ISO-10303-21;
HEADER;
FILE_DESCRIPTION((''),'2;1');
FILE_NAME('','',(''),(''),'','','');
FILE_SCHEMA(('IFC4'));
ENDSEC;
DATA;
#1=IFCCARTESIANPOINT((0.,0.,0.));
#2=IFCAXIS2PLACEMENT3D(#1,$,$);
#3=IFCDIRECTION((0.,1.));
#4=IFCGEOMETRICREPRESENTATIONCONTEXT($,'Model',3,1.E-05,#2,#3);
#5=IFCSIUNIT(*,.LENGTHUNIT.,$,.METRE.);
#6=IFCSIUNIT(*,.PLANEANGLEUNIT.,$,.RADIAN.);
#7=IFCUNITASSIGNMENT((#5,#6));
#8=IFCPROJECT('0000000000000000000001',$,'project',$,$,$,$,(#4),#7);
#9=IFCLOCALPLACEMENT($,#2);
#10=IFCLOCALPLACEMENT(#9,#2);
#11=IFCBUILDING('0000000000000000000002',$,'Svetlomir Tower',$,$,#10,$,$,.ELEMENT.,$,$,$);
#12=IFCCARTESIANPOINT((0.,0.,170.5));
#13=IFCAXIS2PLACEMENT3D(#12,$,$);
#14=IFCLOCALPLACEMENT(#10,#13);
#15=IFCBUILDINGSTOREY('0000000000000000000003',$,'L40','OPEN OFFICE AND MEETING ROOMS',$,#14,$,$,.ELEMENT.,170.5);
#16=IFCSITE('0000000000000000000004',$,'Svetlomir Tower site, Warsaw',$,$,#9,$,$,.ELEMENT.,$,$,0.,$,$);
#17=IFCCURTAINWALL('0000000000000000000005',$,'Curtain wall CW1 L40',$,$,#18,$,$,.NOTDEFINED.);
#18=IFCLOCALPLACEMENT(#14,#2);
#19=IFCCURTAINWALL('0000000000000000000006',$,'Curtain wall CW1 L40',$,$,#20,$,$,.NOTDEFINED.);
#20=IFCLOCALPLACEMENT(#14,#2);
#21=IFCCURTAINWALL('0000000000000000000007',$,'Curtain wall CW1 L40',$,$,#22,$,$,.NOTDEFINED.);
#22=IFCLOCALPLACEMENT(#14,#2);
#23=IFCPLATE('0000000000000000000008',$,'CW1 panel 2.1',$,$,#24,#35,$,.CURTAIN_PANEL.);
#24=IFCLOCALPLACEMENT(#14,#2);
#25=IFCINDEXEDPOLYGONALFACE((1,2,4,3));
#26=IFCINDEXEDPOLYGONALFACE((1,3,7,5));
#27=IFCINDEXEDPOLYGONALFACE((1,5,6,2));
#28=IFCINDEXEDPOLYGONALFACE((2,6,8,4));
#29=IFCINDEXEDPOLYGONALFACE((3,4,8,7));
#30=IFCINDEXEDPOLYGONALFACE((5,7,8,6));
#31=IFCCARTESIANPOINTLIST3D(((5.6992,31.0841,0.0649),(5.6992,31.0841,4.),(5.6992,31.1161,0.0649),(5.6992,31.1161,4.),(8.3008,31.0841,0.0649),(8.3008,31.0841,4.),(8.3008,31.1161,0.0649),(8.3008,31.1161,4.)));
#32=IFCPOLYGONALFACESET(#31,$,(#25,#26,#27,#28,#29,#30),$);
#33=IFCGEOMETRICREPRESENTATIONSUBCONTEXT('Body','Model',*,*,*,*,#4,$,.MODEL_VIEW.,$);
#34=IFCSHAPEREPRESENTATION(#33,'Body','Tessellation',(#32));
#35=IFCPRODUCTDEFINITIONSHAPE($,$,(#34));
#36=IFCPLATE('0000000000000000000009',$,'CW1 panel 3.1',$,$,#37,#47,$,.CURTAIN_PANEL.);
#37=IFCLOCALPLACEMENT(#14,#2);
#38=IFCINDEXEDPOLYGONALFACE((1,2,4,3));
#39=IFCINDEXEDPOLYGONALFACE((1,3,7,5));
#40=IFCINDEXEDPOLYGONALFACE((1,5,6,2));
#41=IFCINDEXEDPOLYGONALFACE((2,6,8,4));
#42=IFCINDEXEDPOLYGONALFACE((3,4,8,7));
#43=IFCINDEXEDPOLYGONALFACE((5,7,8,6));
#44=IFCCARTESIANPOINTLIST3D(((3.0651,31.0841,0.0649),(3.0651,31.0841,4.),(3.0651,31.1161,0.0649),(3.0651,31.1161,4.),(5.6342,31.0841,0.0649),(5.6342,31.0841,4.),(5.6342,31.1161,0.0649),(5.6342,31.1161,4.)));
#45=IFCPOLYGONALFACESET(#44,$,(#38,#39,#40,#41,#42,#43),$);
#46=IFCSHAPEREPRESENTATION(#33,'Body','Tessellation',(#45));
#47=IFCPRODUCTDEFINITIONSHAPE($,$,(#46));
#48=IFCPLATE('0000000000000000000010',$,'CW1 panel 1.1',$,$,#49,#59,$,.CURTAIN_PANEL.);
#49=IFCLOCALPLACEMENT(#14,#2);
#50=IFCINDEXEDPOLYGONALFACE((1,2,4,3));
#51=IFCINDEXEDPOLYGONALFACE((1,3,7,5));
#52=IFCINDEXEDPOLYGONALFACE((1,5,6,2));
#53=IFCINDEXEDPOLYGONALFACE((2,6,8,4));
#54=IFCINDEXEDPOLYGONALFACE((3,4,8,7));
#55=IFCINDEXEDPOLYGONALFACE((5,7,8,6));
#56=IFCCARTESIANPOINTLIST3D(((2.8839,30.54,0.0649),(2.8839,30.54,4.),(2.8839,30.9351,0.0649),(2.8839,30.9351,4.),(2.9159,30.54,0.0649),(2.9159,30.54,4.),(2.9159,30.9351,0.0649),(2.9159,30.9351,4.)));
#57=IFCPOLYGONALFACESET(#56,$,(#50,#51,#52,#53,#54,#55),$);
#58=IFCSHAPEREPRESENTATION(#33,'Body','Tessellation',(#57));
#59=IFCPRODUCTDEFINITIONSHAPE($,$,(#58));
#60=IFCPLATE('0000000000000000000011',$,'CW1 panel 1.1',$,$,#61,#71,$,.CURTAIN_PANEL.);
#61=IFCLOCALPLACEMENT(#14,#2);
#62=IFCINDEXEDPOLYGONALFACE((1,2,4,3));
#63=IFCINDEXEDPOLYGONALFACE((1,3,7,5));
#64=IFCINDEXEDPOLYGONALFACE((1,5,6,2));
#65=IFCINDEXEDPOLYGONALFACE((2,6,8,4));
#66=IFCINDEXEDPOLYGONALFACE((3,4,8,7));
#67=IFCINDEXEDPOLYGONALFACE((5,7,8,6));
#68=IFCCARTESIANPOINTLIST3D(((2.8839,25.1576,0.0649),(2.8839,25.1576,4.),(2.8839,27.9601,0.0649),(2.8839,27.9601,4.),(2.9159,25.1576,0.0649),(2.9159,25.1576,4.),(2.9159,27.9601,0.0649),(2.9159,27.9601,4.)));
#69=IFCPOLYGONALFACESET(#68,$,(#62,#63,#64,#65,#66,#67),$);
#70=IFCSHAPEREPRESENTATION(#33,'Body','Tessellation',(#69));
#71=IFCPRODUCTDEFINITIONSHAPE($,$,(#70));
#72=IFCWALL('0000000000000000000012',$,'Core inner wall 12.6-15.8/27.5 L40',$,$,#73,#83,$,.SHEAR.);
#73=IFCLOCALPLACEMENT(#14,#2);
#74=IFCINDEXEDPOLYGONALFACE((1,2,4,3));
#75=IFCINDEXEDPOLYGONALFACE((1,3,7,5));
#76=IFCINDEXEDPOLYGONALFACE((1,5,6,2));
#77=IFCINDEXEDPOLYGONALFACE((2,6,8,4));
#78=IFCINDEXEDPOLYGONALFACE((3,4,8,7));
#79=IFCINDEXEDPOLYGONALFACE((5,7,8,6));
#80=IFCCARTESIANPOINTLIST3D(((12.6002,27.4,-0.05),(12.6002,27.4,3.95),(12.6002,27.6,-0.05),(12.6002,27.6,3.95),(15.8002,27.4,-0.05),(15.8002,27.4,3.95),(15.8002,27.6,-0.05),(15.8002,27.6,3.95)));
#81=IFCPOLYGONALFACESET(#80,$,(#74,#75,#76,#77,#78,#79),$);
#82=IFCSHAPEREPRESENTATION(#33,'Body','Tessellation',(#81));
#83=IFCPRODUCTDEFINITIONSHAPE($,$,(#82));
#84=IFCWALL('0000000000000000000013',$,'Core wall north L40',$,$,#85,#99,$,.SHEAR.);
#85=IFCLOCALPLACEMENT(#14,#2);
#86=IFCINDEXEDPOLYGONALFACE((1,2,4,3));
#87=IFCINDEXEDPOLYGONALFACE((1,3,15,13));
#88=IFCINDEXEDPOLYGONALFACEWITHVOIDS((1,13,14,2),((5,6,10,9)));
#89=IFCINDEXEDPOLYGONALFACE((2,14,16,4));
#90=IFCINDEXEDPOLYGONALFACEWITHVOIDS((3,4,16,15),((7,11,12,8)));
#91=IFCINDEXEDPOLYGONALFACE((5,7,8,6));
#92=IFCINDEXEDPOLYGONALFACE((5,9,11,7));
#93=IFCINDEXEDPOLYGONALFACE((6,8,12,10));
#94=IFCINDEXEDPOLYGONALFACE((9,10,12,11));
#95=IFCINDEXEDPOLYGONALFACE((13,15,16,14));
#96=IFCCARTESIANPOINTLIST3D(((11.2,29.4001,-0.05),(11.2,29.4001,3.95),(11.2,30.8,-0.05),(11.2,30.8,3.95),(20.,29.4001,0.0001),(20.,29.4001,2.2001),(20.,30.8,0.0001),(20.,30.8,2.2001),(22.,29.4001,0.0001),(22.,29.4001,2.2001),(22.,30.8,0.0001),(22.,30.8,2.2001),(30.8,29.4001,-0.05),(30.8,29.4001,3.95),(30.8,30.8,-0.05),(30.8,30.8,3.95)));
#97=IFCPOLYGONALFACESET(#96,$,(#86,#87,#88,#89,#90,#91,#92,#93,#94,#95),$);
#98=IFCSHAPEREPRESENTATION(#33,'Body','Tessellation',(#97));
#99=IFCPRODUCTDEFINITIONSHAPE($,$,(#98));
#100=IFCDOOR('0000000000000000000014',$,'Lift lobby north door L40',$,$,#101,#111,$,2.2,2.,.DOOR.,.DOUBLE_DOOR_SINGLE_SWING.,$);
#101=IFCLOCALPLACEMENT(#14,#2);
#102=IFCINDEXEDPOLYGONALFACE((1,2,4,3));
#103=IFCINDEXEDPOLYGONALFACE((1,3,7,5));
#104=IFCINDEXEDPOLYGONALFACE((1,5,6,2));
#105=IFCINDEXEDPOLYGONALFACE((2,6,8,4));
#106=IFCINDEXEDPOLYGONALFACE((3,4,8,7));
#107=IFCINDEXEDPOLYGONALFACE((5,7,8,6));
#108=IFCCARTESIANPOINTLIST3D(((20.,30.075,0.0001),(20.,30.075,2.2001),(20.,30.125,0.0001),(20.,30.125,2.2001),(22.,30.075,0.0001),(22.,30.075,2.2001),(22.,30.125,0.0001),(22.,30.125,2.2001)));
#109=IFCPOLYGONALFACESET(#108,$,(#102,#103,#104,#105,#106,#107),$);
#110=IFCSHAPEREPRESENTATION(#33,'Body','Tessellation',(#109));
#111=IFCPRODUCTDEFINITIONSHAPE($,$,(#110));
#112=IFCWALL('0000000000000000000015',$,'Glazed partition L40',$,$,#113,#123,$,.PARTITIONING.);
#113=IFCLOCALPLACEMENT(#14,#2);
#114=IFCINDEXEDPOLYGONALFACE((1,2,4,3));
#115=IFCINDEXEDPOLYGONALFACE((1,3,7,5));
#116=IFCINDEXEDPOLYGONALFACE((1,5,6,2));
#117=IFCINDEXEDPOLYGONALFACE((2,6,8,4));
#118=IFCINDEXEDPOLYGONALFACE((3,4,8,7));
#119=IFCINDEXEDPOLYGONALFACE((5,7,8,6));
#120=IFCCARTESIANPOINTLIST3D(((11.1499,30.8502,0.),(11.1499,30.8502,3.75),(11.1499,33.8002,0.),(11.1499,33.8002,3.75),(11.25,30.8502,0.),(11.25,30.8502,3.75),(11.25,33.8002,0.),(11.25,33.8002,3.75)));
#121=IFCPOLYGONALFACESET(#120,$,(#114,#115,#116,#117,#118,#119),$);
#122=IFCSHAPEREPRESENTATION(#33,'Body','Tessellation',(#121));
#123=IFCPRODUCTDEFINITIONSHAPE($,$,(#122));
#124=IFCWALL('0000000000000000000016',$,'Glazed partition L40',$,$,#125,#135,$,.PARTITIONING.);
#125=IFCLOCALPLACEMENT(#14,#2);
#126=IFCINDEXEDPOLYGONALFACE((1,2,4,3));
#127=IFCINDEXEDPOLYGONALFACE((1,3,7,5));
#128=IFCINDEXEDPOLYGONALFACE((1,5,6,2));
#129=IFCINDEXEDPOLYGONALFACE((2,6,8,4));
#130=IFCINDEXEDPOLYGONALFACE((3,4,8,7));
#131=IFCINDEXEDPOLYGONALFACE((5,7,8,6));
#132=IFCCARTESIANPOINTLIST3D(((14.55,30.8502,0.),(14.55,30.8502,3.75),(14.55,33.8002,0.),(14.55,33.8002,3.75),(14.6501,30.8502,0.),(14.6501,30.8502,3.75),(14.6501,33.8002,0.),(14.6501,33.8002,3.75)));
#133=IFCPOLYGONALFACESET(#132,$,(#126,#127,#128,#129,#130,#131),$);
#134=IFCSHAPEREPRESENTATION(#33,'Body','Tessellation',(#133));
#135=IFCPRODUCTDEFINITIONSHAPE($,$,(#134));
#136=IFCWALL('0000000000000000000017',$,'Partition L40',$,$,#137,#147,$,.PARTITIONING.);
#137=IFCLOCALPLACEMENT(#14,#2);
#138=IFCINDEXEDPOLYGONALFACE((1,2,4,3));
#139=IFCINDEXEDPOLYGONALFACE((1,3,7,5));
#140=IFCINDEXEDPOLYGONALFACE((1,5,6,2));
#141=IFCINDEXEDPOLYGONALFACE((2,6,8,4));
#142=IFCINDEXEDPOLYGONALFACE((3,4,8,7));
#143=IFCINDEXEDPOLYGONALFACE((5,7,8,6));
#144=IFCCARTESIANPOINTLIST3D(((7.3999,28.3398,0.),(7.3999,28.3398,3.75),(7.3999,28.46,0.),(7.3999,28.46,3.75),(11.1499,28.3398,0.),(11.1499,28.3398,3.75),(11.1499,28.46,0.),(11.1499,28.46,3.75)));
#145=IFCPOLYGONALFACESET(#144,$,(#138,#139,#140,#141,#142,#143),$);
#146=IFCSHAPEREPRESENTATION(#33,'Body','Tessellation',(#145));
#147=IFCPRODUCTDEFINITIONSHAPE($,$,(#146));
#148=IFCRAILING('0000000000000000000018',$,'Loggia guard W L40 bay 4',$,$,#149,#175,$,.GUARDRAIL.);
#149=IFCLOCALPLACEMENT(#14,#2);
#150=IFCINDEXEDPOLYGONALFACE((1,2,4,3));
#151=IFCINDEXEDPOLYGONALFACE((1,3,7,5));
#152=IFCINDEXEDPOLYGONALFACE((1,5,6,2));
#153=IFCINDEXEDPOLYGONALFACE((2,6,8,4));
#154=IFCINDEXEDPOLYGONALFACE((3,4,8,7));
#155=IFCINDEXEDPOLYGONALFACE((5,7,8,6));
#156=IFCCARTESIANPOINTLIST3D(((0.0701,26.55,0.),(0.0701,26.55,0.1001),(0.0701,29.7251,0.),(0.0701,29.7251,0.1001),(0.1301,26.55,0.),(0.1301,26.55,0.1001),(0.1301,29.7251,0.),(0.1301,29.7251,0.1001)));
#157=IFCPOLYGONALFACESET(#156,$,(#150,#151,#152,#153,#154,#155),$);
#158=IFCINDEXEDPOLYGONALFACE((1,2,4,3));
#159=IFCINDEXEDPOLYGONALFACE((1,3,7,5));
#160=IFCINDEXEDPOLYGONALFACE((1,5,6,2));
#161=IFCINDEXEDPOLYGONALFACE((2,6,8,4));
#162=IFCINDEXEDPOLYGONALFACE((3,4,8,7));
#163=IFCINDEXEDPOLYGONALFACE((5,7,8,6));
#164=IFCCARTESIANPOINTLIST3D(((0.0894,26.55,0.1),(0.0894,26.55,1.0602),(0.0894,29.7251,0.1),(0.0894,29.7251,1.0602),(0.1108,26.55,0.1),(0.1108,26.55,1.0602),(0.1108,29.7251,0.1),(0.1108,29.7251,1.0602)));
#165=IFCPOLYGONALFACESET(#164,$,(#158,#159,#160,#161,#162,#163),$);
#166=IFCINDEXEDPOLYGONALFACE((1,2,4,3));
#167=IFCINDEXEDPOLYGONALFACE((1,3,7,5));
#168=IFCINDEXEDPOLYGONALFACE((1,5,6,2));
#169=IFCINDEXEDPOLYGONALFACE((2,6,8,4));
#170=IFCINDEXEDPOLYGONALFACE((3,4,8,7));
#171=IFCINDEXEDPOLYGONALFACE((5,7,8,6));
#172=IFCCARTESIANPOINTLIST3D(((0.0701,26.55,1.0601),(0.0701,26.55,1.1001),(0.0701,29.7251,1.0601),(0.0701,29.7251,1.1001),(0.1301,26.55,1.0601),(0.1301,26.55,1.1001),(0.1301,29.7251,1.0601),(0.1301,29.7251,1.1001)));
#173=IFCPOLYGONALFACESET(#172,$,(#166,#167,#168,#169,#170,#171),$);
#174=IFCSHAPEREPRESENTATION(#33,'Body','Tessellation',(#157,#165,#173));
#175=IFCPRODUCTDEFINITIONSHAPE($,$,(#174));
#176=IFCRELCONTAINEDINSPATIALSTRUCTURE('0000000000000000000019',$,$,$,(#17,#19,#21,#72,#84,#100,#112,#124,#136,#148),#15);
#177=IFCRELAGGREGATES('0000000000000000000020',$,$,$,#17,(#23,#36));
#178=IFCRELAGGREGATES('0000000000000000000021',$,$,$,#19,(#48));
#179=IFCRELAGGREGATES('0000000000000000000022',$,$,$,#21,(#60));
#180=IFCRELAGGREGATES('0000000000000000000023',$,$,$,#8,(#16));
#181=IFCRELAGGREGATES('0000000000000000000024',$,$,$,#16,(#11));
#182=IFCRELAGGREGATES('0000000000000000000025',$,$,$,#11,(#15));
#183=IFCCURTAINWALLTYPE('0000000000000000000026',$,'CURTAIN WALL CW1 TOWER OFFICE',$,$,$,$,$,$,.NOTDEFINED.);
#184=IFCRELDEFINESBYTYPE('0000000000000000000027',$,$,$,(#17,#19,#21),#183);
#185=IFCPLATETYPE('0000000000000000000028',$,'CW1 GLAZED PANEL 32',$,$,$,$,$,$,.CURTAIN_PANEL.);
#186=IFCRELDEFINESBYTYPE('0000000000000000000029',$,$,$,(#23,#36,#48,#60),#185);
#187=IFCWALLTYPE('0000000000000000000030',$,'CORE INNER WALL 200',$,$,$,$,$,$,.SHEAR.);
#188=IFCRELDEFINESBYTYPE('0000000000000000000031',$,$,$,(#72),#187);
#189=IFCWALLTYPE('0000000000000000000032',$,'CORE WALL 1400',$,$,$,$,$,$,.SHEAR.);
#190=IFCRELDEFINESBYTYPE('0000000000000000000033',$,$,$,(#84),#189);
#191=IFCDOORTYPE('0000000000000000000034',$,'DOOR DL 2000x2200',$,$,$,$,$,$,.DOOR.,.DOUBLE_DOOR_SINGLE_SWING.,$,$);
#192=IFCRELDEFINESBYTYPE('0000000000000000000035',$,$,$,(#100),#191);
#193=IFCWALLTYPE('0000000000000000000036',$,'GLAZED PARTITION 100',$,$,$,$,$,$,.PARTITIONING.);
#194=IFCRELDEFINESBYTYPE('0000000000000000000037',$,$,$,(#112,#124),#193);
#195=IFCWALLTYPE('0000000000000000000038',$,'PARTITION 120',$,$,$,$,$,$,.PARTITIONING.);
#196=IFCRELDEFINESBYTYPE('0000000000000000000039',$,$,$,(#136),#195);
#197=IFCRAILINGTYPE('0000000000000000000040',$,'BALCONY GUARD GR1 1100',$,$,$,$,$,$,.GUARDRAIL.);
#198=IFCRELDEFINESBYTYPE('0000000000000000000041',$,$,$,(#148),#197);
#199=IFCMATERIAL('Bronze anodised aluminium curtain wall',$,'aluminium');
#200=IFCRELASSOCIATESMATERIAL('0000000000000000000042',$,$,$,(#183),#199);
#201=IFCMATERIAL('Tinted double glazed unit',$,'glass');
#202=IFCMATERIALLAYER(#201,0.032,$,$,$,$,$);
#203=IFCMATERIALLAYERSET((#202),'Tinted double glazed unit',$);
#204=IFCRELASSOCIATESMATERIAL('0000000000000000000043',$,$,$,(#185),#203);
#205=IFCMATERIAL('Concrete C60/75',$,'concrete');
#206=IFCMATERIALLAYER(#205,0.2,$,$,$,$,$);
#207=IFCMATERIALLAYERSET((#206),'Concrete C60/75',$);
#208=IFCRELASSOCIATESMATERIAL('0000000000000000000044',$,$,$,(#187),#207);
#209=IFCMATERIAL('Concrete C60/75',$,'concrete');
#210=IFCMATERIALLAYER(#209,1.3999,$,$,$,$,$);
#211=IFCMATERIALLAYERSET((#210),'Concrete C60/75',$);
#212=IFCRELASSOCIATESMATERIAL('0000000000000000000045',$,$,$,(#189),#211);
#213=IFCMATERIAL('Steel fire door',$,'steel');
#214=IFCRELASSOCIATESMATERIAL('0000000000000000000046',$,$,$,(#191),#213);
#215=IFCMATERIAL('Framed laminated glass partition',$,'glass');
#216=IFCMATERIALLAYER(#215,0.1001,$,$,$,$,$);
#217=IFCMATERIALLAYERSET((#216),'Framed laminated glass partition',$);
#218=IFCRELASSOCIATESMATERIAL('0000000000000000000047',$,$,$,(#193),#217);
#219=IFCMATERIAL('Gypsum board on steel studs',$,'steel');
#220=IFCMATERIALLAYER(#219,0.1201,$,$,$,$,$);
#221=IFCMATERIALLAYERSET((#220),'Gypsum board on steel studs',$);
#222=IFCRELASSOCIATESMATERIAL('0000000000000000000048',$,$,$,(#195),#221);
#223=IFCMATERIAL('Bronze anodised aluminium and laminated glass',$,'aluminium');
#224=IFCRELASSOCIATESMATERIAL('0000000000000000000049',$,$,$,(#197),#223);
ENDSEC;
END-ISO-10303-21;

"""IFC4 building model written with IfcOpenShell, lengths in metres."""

from ifc_helpers import new_model, si_unit, direction, frame, frame_2d, origin, origin_2d, place, context, subcontext, project, spatial, rectangle, extrude, material, layer, layer_set, type_object, element, fill, aggregate, save


model = new_model("IFC4")

# Units and contexts
model_context = context("Model", 3, precision=1e-05, world=origin(), true_north=direction((0.0, 1.0)))
body_context = subcontext(model_context, "Body", "Model", "MODEL_VIEW")
ifc_project = project(units=[si_unit("LENGTHUNIT", "METRE"), si_unit("PLANEANGLEUNIT", "RADIAN")], contexts=[model_context])

# Site, building, storey
site_placement = place(None, origin())
site = spatial("IfcSite", under=ifc_project, at=site_placement, Name="Svetlomir Tower site, Warsaw", CompositionType="ELEMENT", RefElevation=0.0)
building_placement = place(site_placement, origin())
building = spatial("IfcBuilding", under=site, at=building_placement, Name="Svetlomir Tower", CompositionType="ELEMENT")
storey_placement = place(building_placement, frame((0.0, 0.0, 170.5)))
storey = spatial("IfcBuildingStorey", under=building, at=storey_placement, Name="L40", Description="OPEN OFFICE AND MEETING ROOMS", CompositionType="ELEMENT", Elevation=170.5)

# Shared definitions
ifc_material_1 = material(Name="Bronze anodised aluminium curtain wall", Category="aluminium")
curtain_wall_type = type_object("IfcCurtainWallType", Name="CURTAIN WALL CW1 TOWER OFFICE", PredefinedType="NOTDEFINED", material=ifc_material_1)

# Curtain walls
curtain_wall_1_placement = place(storey_placement, origin())
curtain_wall_1 = element("IfcCurtainWall", 1, at=curtain_wall_1_placement, inside=storey, type_object=curtain_wall_type, Name="Curtain wall CW1 L40", PredefinedType="NOTDEFINED")
curtain_wall_2_placement = place(storey_placement, origin())
curtain_wall_2 = element("IfcCurtainWall", 2, at=curtain_wall_2_placement, inside=storey, type_object=curtain_wall_type, Name="Curtain wall CW1 L40", PredefinedType="NOTDEFINED")

# Curtain wall
curtain_wall_3_placement = place(storey_placement, origin())
curtain_wall_3 = element("IfcCurtainWall", 3, at=curtain_wall_3_placement, inside=storey, type_object=curtain_wall_type, Name="Curtain wall CW1 L40", PredefinedType="NOTDEFINED")

# Plates
ifc_material_2 = material(Name="Tinted double glazed unit", Category="glass")
ifc_layer_1 = layer(ifc_material_2, 0.032)
ifc_layer_set_1 = layer_set([ifc_layer_1], Name="Tinted double glazed unit")
plate_type = type_object("IfcPlateType", Name="CW1 GLAZED PANEL 32", PredefinedType="CURTAIN_PANEL", material=ifc_layer_set_1)
plate_1_placement = place(storey_placement, frame((7.0, 31.1001, 0.0649), z_axis=(0.0, 0.0, 1.0), x_axis=(-1.0, 0.0, 0.0)))
plate_1 = element("IfcPlate", 4, at=plate_1_placement, type_object=plate_type, Name="CW1 panel 2.1", PredefinedType="CURTAIN_PANEL", context=body_context, shape_type="SweptSolid", body=[
    extrude(rectangle(XDim=2.6016, YDim=0.032, at=origin_2d()), origin(), (0.0, 0.0, 1.0), 3.9351),
])
plate_2_placement = place(storey_placement, frame((4.3496, 31.1001, 0.0649), z_axis=(0.0, 0.0, 1.0), x_axis=(-1.0, 0.0, 0.0)))
plate_2 = element("IfcPlate", 5, at=plate_2_placement, type_object=plate_type, Name="CW1 panel 3.1", PredefinedType="CURTAIN_PANEL", context=body_context, shape_type="SweptSolid", body=[
    extrude(rectangle(XDim=2.5691, YDim=0.032, at=origin_2d()), origin(), (0.0, 0.0, 1.0), 3.9351),
])
aggregate(curtain_wall_1, [plate_1, plate_2])
plate_3_placement = place(storey_placement, frame((2.8999, 30.7375, 0.0649), z_axis=(0.0, 0.0, 1.0), x_axis=(0.0, -1.0, 0.0)))
plate_3 = element("IfcPlate", 6, at=plate_3_placement, type_object=plate_type, Name="CW1 panel 1.1", PredefinedType="CURTAIN_PANEL", context=body_context, shape_type="SweptSolid", body=[
    extrude(rectangle(XDim=0.395, YDim=0.032, at=origin_2d()), origin(), (0.0, 0.0, 1.0), 3.9351),
])
aggregate(curtain_wall_2, [plate_3])
plate_4_placement = place(storey_placement, frame((2.8999, 26.5588, 0.0649), z_axis=(0.0, 0.0, 1.0), x_axis=(0.0, -1.0, 0.0)))
plate_4 = element("IfcPlate", 7, at=plate_4_placement, type_object=plate_type, Name="CW1 panel 1.1", PredefinedType="CURTAIN_PANEL", context=body_context, shape_type="SweptSolid", body=[
    extrude(rectangle(XDim=2.8025, YDim=0.032, at=origin_2d()), origin(), (0.0, 0.0, 1.0), 3.9351),
])
aggregate(curtain_wall_3, [plate_4])

# Wall
ifc_material_3 = material(Name="Concrete C60/75", Category="concrete")
ifc_layer_2 = layer(ifc_material_3, 0.2)
ifc_layer_set_2 = layer_set([ifc_layer_2], Name="Concrete C60/75")
wall_type_1 = type_object("IfcWallType", Name="CORE INNER WALL 200", PredefinedType="SHEAR", material=ifc_layer_set_2)
wall_1_placement = place(storey_placement, frame((12.6001, 27.5, -0.05), z_axis=(0.0, 0.0, 1.0), x_axis=(1.0, 0.0, 0.0)))
element("IfcWall", 8, at=wall_1_placement, inside=storey, type_object=wall_type_1, Name="Core inner wall 12.6-15.8/27.5 L40", PredefinedType="SHEAR", context=body_context, shape_type="SweptSolid", body=[
    extrude(rectangle(XDim=3.2, YDim=0.2, at=frame_2d((1.6001, 0.0))), origin(), (0.0, 0.0, 1.0), 4.0),
])

# Wall, opening, door
ifc_material_4 = material(Name="Concrete C60/75", Category="concrete")
ifc_layer_3 = layer(ifc_material_4, 1.3999)
ifc_layer_set_3 = layer_set([ifc_layer_3], Name="Concrete C60/75")
wall_type_2 = type_object("IfcWallType", Name="CORE WALL 1400", PredefinedType="SHEAR", material=ifc_layer_set_3)
wall_2_placement = place(storey_placement, frame((11.2, 30.1001, -0.05), z_axis=(0.0, 0.0, 1.0), x_axis=(1.0, 0.0, 0.0)))
wall_2 = element("IfcWall", 9, at=wall_2_placement, inside=storey, type_object=wall_type_2, Name="Core wall north L40", PredefinedType="SHEAR", context=body_context, shape_type="SweptSolid", body=[
    extrude(rectangle(XDim=19.6001, YDim=1.3999, at=frame_2d((9.8, 0.0))), origin(), (0.0, 0.0, 1.0), 4.0),
])
opening_placement = place(wall_2_placement, frame((8.8, 0.0, 0.05)))
opening = element("IfcOpeningElement", 10, at=opening_placement, cuts=wall_2, PredefinedType="OPENING", context=body_context, shape_type="SweptSolid", body=[
    extrude(rectangle(XDim=2.0, YDim=2.2, at=frame_2d((1.0, 1.1001))), frame((0.0, 0.71, 0.0), z_axis=(0.0, -1.0, 0.0), x_axis=(1.0, 0.0, 0.0)), (0.0, 0.0, 1.0), 1.4199),
])
ifc_material_5 = material(Name="Steel fire door", Category="steel")
door_type = type_object("IfcDoorType", Name="DOOR DL 2000x2200", OperationType="DOUBLE_DOOR_SINGLE_SWING", PredefinedType="DOOR", material=ifc_material_5)
door_placement = place(opening_placement, origin())
door = element("IfcDoor", 11, at=door_placement, inside=storey, type_object=door_type, Name="Lift lobby north door L40", OperationType="DOUBLE_DOOR_SINGLE_SWING", OverallHeight=2.2, OverallWidth=2.0, PredefinedType="DOOR", context=body_context, shape_type="SweptSolid", body=[
    extrude(rectangle(XDim=2.0, YDim=2.2, at=frame_2d((1.0, 1.1001))), frame((0.0, 0.0249, 0.0), z_axis=(0.0, -1.0, 0.0), x_axis=(1.0, 0.0, 0.0)), (0.0, 0.0, 1.0), 0.05),
])
fill(opening, door)

# Walls
ifc_material_6 = material(Name="Framed laminated glass partition", Category="glass")
ifc_layer_4 = layer(ifc_material_6, 0.1001)
ifc_layer_set_4 = layer_set([ifc_layer_4], Name="Framed laminated glass partition")
wall_type_3 = type_object("IfcWallType", Name="GLAZED PARTITION 100", PredefinedType="PARTITIONING", material=ifc_layer_set_4)
for number, where, z_axis, x_axis, name in (
    (12, (11.2, 30.8501, 0.0), (0.0, 0.0, 1.0), (0.0, 1.0, 0.0), "Glazed partition L40"),
    (13, (14.6001, 30.8501, 0.0), (0.0, 0.0, 1.0), (0.0, 1.0, 0.0), "Glazed partition L40"),
):
    element("IfcWall", number, at=place(storey_placement, frame(where, z_axis=z_axis, x_axis=x_axis)), inside=storey, type_object=wall_type_3, Name=name, PredefinedType="PARTITIONING", context=body_context, shape_type="SweptSolid", body=[
        extrude(rectangle(XDim=2.95, YDim=0.1001, at=frame_2d((1.4751, 0.0))), origin(), (0.0, 0.0, 1.0), 3.75),
    ])
ifc_material_7 = material(Name="Gypsum board on steel studs", Category="steel")
ifc_layer_5 = layer(ifc_material_7, 0.1201)
ifc_layer_set_5 = layer_set([ifc_layer_5], Name="Gypsum board on steel studs")
wall_type_4 = type_object("IfcWallType", Name="PARTITION 120", PredefinedType="PARTITIONING", material=ifc_layer_set_5)
wall_3_placement = place(storey_placement, frame((7.3999, 28.3999, 0.0), z_axis=(0.0, 0.0, 1.0), x_axis=(1.0, 0.0, 0.0)))
element("IfcWall", 14, at=wall_3_placement, inside=storey, type_object=wall_type_4, Name="Partition L40", PredefinedType="PARTITIONING", context=body_context, shape_type="SweptSolid", body=[
    extrude(rectangle(XDim=3.75, YDim=0.1201, at=frame_2d((1.875, 0.0))), origin(), (0.0, 0.0, 1.0), 3.75),
])

# Railing
ifc_material_8 = material(Name="Bronze anodised aluminium and laminated glass", Category="aluminium")
railing_type = type_object("IfcRailingType", Name="BALCONY GUARD GR1 1100", PredefinedType="GUARDRAIL", material=ifc_material_8)
railing_1_placement = place(storey_placement, frame((0.1001, 26.55, 0.0)))
element("IfcRailing", 15, at=railing_1_placement, inside=storey, type_object=railing_type, Name="Loggia guard W L40 bay 4", PredefinedType="GUARDRAIL", context=body_context, shape_type="SweptSolid", body=[
    extrude(rectangle(XDim=0.0601, YDim=0.1001, at=origin_2d()), frame((0.0, 0.0, 0.05), z_axis=(0.0, 1.0, 0.0), x_axis=(-1.0, 0.0, 0.0)), (0.0, 0.0, 1.0), 3.175),
    extrude(rectangle(XDim=0.0215, YDim=0.9602, at=origin_2d()), frame((0.0, 0.0, 0.5801), z_axis=(0.0, 1.0, 0.0), x_axis=(-1.0, 0.0, 0.0)), (0.0, 0.0, 1.0), 3.175),
    extrude(rectangle(XDim=0.0601, YDim=0.04, at=origin_2d()), frame((0.0, 0.0, 1.0801), z_axis=(0.0, 1.0, 0.0), x_axis=(-1.0, 0.0, 0.0)), (0.0, 0.0, 1.0), 3.175),
])

save(model, "model.ifc")
